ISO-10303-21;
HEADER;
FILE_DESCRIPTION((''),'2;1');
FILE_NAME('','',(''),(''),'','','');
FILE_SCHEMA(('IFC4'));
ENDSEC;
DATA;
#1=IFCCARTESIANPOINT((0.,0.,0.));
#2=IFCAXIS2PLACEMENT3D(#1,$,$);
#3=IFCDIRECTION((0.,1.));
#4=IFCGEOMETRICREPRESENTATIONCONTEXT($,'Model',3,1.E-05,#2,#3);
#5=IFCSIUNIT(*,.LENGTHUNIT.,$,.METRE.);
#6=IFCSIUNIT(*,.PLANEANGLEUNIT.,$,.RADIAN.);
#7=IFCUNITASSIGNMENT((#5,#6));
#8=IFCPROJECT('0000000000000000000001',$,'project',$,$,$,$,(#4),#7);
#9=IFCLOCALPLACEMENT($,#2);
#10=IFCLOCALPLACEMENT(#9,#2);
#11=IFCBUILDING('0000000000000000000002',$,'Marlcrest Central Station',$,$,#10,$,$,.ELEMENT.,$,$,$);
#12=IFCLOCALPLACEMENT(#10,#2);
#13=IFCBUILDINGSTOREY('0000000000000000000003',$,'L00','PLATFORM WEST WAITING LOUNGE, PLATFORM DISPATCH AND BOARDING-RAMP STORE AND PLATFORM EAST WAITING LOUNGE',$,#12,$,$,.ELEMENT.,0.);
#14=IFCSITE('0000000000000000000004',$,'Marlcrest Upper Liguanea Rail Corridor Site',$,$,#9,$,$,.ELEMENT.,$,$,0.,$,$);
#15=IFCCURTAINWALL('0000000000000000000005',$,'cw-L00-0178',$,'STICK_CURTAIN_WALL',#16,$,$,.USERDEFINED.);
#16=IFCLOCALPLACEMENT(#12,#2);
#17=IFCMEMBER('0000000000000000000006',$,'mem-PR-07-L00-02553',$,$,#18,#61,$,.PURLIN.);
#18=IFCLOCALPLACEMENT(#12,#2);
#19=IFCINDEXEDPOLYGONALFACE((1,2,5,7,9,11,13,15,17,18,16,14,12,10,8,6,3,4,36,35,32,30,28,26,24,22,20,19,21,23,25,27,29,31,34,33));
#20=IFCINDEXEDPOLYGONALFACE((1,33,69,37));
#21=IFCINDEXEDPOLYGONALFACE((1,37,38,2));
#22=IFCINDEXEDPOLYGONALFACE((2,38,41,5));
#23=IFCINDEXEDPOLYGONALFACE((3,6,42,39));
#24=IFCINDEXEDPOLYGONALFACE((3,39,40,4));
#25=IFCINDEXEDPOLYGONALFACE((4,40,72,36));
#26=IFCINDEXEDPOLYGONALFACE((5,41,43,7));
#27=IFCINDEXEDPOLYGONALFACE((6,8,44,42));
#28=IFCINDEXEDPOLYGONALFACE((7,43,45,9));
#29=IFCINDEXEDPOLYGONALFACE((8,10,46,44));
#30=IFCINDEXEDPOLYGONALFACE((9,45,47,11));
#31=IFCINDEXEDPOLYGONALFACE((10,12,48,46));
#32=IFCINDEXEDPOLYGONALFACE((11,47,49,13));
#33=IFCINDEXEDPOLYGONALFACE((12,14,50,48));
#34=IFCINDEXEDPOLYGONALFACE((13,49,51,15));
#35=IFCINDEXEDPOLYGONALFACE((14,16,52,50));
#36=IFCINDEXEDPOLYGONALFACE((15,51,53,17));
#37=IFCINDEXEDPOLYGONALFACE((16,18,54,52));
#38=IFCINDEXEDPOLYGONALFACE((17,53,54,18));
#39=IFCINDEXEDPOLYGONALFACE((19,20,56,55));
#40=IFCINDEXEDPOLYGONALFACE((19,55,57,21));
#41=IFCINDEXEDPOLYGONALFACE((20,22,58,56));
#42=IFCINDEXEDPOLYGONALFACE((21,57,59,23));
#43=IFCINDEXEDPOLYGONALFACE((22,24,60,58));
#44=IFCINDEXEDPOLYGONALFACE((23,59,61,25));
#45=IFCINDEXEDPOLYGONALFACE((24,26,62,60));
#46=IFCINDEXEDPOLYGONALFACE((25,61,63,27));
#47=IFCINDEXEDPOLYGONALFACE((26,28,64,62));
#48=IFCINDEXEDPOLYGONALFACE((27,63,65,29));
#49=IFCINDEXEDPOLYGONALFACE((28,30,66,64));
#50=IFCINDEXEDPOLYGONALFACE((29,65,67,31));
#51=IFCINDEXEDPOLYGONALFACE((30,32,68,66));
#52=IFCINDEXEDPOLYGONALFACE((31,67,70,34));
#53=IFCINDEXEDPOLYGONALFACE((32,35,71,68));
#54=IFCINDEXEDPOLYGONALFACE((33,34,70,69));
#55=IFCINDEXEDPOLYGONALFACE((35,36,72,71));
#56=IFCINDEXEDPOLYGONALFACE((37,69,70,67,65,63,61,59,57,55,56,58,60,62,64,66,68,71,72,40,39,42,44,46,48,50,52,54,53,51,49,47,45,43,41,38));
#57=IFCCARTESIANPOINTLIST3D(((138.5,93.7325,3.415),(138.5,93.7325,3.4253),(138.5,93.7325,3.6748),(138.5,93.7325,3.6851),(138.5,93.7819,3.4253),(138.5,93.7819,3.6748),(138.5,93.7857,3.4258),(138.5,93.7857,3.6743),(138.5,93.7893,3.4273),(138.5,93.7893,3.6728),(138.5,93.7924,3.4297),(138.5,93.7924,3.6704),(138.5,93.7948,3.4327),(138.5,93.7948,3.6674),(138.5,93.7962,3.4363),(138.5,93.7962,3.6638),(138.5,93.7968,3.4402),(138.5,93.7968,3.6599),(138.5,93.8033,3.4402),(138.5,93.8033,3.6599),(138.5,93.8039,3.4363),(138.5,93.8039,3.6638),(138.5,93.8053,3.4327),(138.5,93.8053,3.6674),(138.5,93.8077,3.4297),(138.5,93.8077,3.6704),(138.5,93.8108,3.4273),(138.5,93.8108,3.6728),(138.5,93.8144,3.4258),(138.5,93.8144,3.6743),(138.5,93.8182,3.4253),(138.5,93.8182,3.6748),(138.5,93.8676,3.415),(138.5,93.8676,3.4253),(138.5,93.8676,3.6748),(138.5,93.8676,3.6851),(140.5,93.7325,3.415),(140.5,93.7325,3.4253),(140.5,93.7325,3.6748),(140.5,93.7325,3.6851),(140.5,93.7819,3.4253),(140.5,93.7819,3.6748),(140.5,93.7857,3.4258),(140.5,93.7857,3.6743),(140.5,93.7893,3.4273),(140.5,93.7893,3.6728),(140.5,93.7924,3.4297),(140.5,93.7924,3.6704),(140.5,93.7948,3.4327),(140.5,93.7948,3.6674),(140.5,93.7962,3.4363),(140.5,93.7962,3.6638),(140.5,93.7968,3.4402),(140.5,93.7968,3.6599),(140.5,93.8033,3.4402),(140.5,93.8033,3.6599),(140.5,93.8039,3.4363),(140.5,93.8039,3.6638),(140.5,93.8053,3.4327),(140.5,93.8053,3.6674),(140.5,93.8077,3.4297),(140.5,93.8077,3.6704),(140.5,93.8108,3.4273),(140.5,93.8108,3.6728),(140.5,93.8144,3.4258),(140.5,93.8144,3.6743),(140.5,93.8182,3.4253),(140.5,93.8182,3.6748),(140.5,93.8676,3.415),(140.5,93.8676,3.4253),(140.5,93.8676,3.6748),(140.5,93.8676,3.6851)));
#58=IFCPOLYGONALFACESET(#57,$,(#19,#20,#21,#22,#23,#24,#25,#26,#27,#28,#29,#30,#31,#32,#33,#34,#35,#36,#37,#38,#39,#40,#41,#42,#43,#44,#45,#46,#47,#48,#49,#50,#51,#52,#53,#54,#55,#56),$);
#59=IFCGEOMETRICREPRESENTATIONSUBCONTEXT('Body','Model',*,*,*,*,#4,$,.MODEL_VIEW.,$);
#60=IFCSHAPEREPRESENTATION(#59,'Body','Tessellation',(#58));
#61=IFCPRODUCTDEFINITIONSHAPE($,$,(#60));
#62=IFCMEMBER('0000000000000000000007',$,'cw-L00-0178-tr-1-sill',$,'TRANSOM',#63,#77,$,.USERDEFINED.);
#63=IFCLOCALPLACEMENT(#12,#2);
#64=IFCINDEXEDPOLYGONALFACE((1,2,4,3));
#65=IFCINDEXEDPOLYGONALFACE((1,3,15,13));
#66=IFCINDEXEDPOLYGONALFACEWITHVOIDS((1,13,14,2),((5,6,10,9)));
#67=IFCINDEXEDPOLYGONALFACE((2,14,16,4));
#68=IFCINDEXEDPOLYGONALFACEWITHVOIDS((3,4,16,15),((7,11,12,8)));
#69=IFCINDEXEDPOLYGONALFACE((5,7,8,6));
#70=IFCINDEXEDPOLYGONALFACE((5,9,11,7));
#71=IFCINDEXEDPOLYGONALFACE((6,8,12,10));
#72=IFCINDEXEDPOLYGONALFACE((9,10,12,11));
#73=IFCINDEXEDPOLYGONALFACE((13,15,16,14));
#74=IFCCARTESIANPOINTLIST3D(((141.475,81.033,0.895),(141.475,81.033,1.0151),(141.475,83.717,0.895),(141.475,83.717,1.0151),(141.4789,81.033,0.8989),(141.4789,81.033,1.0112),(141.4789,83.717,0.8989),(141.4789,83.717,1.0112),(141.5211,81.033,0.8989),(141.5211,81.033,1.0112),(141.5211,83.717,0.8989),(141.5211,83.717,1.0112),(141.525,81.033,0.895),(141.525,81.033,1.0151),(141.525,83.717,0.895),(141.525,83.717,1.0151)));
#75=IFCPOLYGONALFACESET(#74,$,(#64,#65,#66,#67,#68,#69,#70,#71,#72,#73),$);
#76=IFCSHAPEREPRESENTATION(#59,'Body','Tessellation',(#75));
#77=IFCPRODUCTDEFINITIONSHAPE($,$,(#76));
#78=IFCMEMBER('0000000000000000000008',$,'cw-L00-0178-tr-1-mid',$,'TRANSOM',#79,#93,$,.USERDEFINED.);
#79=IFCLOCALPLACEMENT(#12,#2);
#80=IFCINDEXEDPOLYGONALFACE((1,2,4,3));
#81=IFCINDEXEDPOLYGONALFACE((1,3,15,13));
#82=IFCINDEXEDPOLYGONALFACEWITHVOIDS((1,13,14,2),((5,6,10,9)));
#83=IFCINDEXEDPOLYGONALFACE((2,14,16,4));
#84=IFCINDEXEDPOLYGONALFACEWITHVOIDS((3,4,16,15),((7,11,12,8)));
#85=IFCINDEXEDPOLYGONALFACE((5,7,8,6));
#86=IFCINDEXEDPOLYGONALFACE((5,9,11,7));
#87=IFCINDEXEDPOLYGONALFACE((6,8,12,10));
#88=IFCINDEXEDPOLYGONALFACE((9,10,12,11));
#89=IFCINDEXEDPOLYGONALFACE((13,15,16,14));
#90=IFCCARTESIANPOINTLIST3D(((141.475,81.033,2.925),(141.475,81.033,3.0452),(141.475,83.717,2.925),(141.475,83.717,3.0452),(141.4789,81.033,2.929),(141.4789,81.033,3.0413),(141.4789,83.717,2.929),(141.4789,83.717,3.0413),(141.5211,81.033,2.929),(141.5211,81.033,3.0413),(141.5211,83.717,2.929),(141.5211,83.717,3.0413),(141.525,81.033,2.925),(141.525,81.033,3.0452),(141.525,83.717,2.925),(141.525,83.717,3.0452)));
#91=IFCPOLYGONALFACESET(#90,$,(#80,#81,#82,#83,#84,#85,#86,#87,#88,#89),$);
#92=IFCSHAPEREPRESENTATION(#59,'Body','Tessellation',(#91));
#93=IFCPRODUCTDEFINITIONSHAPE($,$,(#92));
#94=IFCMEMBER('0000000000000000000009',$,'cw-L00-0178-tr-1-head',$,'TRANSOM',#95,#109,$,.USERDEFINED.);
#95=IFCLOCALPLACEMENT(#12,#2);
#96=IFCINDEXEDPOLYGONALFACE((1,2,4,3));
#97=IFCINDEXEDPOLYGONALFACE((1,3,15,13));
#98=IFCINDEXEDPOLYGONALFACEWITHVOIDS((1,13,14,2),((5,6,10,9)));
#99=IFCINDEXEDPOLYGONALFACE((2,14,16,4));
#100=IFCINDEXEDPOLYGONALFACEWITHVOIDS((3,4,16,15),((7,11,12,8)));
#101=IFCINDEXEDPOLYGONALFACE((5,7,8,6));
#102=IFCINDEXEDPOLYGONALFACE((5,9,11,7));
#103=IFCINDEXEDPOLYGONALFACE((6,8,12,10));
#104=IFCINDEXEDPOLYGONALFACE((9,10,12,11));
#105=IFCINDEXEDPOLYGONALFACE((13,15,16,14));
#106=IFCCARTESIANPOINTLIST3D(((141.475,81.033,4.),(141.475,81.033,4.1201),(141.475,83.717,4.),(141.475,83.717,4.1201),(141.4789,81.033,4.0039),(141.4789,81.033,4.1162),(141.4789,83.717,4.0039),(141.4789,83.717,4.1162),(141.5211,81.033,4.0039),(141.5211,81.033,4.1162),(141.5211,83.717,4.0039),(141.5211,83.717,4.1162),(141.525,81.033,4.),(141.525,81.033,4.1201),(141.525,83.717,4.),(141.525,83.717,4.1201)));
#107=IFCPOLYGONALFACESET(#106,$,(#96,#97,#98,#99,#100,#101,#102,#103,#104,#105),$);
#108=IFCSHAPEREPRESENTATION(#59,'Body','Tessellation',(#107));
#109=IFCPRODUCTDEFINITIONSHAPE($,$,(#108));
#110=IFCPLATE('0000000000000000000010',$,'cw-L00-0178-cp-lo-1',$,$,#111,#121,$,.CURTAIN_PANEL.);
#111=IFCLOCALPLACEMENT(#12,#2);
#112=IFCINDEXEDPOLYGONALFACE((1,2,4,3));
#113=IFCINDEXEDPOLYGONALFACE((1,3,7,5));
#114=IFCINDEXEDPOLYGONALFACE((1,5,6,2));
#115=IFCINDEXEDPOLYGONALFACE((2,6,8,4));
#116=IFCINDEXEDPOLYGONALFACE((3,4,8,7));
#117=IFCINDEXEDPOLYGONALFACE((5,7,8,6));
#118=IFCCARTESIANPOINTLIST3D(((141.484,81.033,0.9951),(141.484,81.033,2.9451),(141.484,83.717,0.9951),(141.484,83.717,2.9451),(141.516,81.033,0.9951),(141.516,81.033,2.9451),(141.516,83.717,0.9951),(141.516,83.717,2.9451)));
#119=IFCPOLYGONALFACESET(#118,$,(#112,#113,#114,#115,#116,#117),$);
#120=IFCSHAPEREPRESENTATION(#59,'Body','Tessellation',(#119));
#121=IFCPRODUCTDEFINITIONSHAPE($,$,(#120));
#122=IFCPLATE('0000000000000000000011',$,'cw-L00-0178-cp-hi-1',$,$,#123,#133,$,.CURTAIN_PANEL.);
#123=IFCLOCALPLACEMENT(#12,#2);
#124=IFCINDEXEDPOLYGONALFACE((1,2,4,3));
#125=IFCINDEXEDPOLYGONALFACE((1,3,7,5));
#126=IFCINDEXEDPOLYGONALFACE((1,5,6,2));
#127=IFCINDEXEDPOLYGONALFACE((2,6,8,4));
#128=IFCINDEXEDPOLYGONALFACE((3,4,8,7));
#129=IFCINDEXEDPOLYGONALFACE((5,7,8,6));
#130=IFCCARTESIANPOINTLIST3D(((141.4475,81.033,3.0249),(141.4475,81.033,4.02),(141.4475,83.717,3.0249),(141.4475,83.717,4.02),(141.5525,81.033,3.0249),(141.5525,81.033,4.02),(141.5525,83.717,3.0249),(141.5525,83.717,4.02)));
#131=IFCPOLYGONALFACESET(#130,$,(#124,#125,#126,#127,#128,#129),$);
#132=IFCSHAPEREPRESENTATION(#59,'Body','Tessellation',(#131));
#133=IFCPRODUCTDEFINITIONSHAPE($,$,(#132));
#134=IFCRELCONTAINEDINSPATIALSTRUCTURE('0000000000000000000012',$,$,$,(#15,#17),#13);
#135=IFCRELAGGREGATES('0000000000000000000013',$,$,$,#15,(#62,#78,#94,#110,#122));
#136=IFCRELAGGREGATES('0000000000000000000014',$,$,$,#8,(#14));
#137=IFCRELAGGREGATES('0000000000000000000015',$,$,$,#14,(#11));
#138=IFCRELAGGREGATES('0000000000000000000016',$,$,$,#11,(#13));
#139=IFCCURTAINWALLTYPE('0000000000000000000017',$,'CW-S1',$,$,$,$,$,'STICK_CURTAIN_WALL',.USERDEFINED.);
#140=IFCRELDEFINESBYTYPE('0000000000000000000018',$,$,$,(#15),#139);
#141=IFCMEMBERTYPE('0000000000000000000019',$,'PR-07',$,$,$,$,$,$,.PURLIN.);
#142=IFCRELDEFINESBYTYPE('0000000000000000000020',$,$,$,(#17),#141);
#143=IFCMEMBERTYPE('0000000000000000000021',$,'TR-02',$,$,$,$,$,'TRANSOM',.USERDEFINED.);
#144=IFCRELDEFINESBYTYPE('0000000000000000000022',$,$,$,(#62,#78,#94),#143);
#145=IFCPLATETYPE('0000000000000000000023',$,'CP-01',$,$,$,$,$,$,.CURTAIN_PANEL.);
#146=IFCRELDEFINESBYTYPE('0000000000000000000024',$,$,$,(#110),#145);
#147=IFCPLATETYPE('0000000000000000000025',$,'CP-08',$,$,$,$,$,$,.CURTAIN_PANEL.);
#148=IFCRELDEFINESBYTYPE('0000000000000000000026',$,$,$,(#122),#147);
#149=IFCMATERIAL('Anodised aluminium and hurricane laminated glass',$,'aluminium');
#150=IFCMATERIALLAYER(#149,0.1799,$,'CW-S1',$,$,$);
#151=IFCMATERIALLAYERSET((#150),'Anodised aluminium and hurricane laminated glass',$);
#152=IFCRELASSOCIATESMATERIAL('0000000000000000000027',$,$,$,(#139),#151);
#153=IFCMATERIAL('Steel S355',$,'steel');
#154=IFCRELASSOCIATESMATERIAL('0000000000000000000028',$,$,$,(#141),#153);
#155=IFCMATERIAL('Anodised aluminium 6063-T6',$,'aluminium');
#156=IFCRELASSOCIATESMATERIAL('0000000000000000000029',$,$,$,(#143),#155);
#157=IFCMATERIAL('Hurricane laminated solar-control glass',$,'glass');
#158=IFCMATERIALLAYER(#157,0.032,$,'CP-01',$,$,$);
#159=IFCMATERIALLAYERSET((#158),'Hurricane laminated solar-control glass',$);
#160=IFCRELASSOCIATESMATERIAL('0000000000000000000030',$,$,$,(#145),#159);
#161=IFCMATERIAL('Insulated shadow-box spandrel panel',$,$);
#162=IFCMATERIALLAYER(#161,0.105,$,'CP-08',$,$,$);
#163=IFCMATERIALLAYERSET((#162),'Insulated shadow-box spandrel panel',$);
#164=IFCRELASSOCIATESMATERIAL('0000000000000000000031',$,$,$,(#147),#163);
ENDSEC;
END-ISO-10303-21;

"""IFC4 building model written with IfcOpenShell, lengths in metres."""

from ifc_helpers import new_model, si_unit, direction, frame, origin, origin_2d, place, context, subcontext, project, spatial, rectangle, hollow_rectangle, i_section, extrude, material, layer, layer_set, material_profile, profile_set, type_object, element, aggregate, save


model = new_model("IFC4")

# Units and contexts
model_context = context("Model", 3, precision=1e-05, world=origin(), true_north=direction((0.0, 1.0)))
body_context = subcontext(model_context, "Body", "Model", "MODEL_VIEW")
ifc_project = project(units=[si_unit("LENGTHUNIT", "METRE"), si_unit("PLANEANGLEUNIT", "RADIAN")], contexts=[model_context])

# Site, building, storey
site_placement = place(None, origin())
site = spatial("IfcSite", under=ifc_project, at=site_placement, Name="Marlcrest Upper Liguanea Rail Corridor Site", CompositionType="ELEMENT", RefElevation=0.0)
building_placement = place(site_placement, origin())
building = spatial("IfcBuilding", under=site, at=building_placement, Name="Marlcrest Central Station", CompositionType="ELEMENT")
storey_placement = place(building_placement, origin())
storey = spatial("IfcBuildingStorey", under=building, at=storey_placement, Name="L00", Description="PLATFORM WEST WAITING LOUNGE, PLATFORM DISPATCH AND BOARDING-RAMP STORE AND PLATFORM EAST WAITING LOUNGE", CompositionType="ELEMENT", Elevation=0.0)

# Shared definitions
ifc_material_1 = material(Name="Steel S355", Category="steel")

# Curtain wall
ifc_material_2 = material(Name="Anodised aluminium and hurricane laminated glass", Category="aluminium")
ifc_layer_1 = layer(ifc_material_2, 0.1799, Name="CW-S1")
ifc_layer_set_1 = layer_set([ifc_layer_1], Name="Anodised aluminium and hurricane laminated glass")
curtain_wall_type = type_object("IfcCurtainWallType", Name="CW-S1", ElementType="STICK_CURTAIN_WALL", PredefinedType="USERDEFINED", material=ifc_layer_set_1)
curtain_wall_placement = place(storey_placement, origin())
curtain_wall = element("IfcCurtainWall", 1, at=curtain_wall_placement, inside=storey, type_object=curtain_wall_type, Name="cw-L00-0178", ObjectType="STICK_CURTAIN_WALL", PredefinedType="USERDEFINED")
ifc_material_3 = material(Name="Anodised aluminium 6063-T6", Category="aluminium")

# Member
ifc_material_profile_1 = material_profile(ifc_material_1, i_section(OverallWidth=0.135, OverallDepth=0.27, WebThickness=0.0066, FlangeThickness=0.0103, FilletRadius=0.0149, at=origin_2d()), Name="IPE 270")
ifc_profile_set_1 = profile_set([ifc_material_profile_1], Name="Steel S355")
member_type_1 = type_object("IfcMemberType", Name="PR-07", PredefinedType="PURLIN", material=ifc_profile_set_1)
member_1_placement = place(storey_placement, frame((138.5, 93.8, 3.55), z_axis=(1.0, 0.0, 0.0), x_axis=(0.0, 1.0, 0.0)))
element("IfcMember", 2, at=member_1_placement, inside=storey, type_object=member_type_1, Name="mem-PR-07-L00-02553", PredefinedType="PURLIN", context=body_context, shape_type="SweptSolid", body=[
    extrude(i_section(OverallWidth=0.135, OverallDepth=0.27, WebThickness=0.0066, FlangeThickness=0.0103, FilletRadius=0.0149, at=origin_2d()), origin(), (0.0, 0.0, 1.0), 2.0),
])

# Members
ifc_material_profile_2 = material_profile(ifc_material_3, hollow_rectangle(XDim=0.05, YDim=0.1201, WallThickness=0.0039, at=origin_2d()), Name="AA-RHS 120x50x4")
ifc_profile_set_2 = profile_set([ifc_material_profile_2], Name="Anodised aluminium 6063-T6")
member_type_2 = type_object("IfcMemberType", Name="TR-02", ElementType="TRANSOM", PredefinedType="USERDEFINED", material=ifc_profile_set_2)
member_2_placement = place(storey_placement, frame((141.5, 81.033, 0.9551), z_axis=(0.0, 1.0, 0.0), x_axis=(-1.0, 0.0, 0.0)))
member_2 = element("IfcMember", 3, at=member_2_placement, type_object=member_type_2, Name="cw-L00-0178-tr-1-sill", ObjectType="TRANSOM", PredefinedType="USERDEFINED", context=body_context, shape_type="SweptSolid", body=[
    extrude(hollow_rectangle(XDim=0.05, YDim=0.1201, WallThickness=0.0039, at=origin_2d()), origin(), (0.0, 0.0, 1.0), 2.6841),
])
member_3_placement = place(storey_placement, frame((141.5, 81.033, 2.9851), z_axis=(0.0, 1.0, 0.0), x_axis=(-1.0, 0.0, 0.0)))
member_3 = element("IfcMember", 4, at=member_3_placement, type_object=member_type_2, Name="cw-L00-0178-tr-1-mid", ObjectType="TRANSOM", PredefinedType="USERDEFINED", context=body_context, shape_type="SweptSolid", body=[
    extrude(hollow_rectangle(XDim=0.05, YDim=0.1201, WallThickness=0.0039, at=origin_2d()), origin(), (0.0, 0.0, 1.0), 2.6841),
])
member_4_placement = place(storey_placement, frame((141.5, 81.033, 4.0601), z_axis=(0.0, 1.0, 0.0), x_axis=(-1.0, 0.0, 0.0)))
member_4 = element("IfcMember", 5, at=member_4_placement, type_object=member_type_2, Name="cw-L00-0178-tr-1-head", ObjectType="TRANSOM", PredefinedType="USERDEFINED", context=body_context, shape_type="SweptSolid", body=[
    extrude(hollow_rectangle(XDim=0.05, YDim=0.1201, WallThickness=0.0039, at=origin_2d()), origin(), (0.0, 0.0, 1.0), 2.6841),
])

# Plates
ifc_material_4 = material(Name="Hurricane laminated solar-control glass", Category="glass")
ifc_layer_2 = layer(ifc_material_4, 0.032, Name="CP-01")
ifc_layer_set_2 = layer_set([ifc_layer_2], Name="Hurricane laminated solar-control glass")
plate_type_1 = type_object("IfcPlateType", Name="CP-01", PredefinedType="CURTAIN_PANEL", material=ifc_layer_set_2)
plate_1_placement = place(storey_placement, frame((141.5, 82.375, 0.9951), z_axis=(0.0, 0.0, 1.0), x_axis=(0.0, 1.0, 0.0)))
plate_1 = element("IfcPlate", 6, at=plate_1_placement, type_object=plate_type_1, Name="cw-L00-0178-cp-lo-1", PredefinedType="CURTAIN_PANEL", context=body_context, shape_type="SweptSolid", body=[
    extrude(rectangle(XDim=2.6841, YDim=0.032, at=origin_2d()), origin(), (0.0, 0.0, 1.0), 1.95),
])
ifc_material_5 = material(Name="Insulated shadow-box spandrel panel")
ifc_layer_3 = layer(ifc_material_5, 0.105, Name="CP-08")
ifc_layer_set_3 = layer_set([ifc_layer_3], Name="Insulated shadow-box spandrel panel")
plate_type_2 = type_object("IfcPlateType", Name="CP-08", PredefinedType="CURTAIN_PANEL", material=ifc_layer_set_3)
plate_2_placement = place(storey_placement, frame((141.5, 82.375, 3.0249), z_axis=(0.0, 0.0, 1.0), x_axis=(0.0, 1.0, 0.0)))
plate_2 = element("IfcPlate", 7, at=plate_2_placement, type_object=plate_type_2, Name="cw-L00-0178-cp-hi-1", PredefinedType="CURTAIN_PANEL", context=body_context, shape_type="SweptSolid", body=[
    extrude(rectangle(XDim=2.6841, YDim=0.105, at=origin_2d()), origin(), (0.0, 0.0, 1.0), 0.9951),
])
aggregate(curtain_wall, [member_2, member_3, member_4, plate_1, plate_2])

save(model, "model.ifc")
